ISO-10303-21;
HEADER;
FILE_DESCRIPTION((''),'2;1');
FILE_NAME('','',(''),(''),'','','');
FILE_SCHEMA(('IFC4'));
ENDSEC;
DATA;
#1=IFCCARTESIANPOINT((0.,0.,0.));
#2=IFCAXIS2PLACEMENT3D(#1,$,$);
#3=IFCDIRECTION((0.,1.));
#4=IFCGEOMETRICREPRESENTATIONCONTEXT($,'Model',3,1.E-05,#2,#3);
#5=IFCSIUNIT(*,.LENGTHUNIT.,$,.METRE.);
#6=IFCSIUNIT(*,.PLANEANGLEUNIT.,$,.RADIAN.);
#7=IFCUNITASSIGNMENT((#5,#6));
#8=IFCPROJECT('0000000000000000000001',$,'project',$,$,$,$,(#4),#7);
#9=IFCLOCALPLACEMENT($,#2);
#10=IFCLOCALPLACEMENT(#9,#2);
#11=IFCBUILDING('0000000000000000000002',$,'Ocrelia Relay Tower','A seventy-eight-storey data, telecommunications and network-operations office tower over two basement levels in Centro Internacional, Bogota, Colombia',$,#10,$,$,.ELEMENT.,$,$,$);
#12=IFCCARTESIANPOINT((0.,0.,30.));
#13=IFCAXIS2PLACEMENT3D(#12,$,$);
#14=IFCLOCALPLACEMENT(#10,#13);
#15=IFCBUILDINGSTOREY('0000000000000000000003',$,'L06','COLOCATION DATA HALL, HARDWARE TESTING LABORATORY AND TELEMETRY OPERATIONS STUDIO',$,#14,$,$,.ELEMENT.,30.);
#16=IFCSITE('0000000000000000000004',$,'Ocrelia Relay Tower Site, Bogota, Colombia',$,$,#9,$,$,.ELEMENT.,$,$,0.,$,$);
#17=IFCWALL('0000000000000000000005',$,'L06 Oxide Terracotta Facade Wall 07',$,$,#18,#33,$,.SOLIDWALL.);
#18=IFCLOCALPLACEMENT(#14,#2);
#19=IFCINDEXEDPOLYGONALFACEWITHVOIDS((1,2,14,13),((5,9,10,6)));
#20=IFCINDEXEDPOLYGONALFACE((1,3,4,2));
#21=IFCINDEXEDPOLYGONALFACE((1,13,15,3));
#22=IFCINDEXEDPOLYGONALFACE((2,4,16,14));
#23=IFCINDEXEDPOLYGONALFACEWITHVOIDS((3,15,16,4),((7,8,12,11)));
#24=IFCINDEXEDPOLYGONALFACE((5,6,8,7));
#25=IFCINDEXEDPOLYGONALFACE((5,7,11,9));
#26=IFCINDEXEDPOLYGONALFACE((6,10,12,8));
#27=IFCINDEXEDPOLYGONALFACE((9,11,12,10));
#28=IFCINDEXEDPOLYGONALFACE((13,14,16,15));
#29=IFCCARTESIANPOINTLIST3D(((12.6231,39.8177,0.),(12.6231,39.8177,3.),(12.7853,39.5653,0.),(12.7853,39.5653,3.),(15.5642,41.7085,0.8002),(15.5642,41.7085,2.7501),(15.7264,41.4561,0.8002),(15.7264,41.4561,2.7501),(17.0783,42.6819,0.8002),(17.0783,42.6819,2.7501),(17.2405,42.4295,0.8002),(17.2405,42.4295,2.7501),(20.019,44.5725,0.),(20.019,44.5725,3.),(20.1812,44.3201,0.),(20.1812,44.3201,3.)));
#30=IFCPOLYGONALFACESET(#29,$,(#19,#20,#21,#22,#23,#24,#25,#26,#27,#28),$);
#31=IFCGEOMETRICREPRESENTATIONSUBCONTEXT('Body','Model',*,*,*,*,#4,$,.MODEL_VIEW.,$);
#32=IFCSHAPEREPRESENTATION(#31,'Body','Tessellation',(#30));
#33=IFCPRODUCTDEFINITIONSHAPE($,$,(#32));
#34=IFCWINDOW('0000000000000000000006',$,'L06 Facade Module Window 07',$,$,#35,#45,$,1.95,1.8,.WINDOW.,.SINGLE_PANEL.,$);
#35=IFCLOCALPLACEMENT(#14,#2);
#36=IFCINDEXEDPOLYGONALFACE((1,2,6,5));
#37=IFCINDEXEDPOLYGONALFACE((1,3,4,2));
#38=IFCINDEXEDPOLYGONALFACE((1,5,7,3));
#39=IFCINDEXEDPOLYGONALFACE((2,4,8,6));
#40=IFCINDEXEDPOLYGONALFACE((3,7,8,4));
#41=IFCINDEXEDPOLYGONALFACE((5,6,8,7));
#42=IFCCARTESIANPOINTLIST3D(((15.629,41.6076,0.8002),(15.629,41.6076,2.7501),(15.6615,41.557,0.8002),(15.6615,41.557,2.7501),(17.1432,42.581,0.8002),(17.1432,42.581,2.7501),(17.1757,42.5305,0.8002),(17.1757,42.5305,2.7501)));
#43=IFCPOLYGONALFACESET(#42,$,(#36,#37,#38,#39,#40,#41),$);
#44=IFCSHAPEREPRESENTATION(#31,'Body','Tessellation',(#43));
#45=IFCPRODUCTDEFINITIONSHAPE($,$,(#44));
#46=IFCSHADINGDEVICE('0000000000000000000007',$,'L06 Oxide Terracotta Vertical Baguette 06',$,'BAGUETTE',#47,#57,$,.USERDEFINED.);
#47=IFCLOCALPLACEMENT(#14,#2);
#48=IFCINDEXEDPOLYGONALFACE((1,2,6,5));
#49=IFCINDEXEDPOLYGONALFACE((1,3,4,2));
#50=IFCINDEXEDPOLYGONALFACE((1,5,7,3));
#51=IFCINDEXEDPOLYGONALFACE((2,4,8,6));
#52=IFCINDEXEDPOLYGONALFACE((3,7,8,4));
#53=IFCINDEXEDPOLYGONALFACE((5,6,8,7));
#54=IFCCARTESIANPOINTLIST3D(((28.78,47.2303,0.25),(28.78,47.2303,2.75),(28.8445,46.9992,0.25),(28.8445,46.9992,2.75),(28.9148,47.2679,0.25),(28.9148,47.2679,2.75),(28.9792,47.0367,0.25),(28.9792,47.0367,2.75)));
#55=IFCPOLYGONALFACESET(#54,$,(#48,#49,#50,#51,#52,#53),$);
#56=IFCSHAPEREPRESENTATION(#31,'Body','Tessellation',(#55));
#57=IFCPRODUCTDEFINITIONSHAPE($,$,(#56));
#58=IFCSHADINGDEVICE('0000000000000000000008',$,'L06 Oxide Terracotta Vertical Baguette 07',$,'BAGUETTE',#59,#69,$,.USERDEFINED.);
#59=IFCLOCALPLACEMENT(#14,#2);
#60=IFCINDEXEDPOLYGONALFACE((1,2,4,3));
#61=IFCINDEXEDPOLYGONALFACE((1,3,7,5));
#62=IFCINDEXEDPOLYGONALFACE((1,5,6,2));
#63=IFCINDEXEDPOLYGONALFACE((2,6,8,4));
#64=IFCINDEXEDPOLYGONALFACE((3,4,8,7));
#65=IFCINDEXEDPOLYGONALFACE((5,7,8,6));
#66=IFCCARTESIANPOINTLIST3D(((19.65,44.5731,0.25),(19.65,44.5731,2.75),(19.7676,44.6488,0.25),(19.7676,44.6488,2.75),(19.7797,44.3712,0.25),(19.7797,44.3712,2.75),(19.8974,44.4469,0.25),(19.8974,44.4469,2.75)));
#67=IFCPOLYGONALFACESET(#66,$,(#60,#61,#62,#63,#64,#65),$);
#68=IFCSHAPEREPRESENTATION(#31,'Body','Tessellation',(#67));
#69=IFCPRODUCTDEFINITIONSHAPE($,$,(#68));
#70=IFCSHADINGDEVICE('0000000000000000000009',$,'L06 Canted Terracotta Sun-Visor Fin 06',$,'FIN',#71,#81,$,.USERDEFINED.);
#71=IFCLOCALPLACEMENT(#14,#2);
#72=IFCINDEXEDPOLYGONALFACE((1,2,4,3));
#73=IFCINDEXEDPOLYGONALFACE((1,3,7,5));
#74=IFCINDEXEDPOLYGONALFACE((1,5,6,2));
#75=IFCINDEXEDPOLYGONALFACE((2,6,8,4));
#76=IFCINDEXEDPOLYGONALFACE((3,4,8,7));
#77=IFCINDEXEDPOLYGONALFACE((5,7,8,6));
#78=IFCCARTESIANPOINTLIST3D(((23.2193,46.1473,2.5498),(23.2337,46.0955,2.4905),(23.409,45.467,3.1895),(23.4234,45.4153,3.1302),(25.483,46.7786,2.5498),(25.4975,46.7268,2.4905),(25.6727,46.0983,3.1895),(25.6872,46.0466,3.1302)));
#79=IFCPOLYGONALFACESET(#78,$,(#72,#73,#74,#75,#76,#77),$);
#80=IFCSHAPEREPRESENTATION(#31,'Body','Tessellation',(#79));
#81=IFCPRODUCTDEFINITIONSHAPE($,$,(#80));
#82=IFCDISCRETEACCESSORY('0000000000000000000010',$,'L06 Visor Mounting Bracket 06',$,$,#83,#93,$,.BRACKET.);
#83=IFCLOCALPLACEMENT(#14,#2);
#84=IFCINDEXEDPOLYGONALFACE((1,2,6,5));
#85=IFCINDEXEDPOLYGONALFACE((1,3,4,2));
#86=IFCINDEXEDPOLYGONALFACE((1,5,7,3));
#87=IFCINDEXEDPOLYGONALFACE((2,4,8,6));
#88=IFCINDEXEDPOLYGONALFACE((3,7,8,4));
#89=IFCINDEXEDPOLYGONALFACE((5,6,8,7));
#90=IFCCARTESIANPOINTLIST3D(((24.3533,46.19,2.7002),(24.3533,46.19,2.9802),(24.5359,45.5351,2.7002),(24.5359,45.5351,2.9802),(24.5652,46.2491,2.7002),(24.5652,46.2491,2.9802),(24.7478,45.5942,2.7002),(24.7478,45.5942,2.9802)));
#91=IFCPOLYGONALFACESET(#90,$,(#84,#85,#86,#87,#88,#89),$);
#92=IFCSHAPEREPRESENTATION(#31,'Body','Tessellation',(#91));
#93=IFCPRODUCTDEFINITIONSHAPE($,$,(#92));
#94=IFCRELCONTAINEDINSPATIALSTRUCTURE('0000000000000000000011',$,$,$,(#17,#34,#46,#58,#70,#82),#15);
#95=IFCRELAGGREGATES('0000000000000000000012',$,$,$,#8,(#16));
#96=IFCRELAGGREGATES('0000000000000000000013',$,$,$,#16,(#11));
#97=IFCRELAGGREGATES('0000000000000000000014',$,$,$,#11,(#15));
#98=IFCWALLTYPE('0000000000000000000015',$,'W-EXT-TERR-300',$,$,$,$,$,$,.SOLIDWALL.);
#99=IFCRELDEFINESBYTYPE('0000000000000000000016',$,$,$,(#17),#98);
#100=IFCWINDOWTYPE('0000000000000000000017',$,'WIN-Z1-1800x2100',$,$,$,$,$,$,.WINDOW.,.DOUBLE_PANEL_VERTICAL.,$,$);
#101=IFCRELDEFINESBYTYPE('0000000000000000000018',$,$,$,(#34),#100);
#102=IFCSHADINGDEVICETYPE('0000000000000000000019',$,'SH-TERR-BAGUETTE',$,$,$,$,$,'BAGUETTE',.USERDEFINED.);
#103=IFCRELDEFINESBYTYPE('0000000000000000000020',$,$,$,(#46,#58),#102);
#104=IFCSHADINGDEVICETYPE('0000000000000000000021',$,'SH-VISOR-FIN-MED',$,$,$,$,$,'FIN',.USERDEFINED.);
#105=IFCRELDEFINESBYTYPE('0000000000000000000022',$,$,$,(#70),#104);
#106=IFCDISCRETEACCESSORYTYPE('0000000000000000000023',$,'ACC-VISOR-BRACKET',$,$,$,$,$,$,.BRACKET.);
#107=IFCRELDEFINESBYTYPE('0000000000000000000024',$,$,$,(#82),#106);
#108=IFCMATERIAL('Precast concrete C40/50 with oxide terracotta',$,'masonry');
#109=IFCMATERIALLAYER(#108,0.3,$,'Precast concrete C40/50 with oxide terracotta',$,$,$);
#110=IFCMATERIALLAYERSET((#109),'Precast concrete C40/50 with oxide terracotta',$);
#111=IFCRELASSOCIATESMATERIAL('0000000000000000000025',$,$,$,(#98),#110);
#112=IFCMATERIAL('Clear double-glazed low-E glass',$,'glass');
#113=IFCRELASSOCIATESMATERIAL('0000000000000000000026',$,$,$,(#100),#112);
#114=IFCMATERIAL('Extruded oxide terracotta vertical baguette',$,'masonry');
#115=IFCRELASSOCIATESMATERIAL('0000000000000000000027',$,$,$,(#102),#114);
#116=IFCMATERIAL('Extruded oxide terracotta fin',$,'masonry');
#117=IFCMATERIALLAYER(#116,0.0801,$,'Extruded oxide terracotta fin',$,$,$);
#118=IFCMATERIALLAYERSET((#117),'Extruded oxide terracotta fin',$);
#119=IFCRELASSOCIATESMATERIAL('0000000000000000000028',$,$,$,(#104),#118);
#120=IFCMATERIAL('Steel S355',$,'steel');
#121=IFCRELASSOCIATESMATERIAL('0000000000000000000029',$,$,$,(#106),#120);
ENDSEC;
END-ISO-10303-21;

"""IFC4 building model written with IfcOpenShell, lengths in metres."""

from ifc_helpers import new_model, si_unit, direction, frame, frame_2d, origin, origin_2d, place, context, subcontext, project, spatial, rectangle, extrude, material, layer, layer_set, type_object, element, fill, save


model = new_model("IFC4")

# Units and contexts
model_context = context("Model", 3, precision=1e-05, world=origin(), true_north=direction((0.0, 1.0)))
body_context = subcontext(model_context, "Body", "Model", "MODEL_VIEW")
ifc_project = project(units=[si_unit("LENGTHUNIT", "METRE"), si_unit("PLANEANGLEUNIT", "RADIAN")], contexts=[model_context])

# Site, building, storey
site_placement = place(None, origin())
site = spatial("IfcSite", under=ifc_project, at=site_placement, Name="Ocrelia Relay Tower Site, Bogota, Colombia", CompositionType="ELEMENT", RefElevation=0.0)
building_placement = place(site_placement, origin())
building = spatial("IfcBuilding", under=site, at=building_placement, Name="Ocrelia Relay Tower", Description="A seventy-eight-storey data, telecommunications and network-operations office tower over two basement levels in Centro Internacional, Bogota, Colombia", CompositionType="ELEMENT")
storey_placement = place(building_placement, frame((0.0, 0.0, 30.0)))
storey = spatial("IfcBuildingStorey", under=building, at=storey_placement, Name="L06", Description="COLOCATION DATA HALL, HARDWARE TESTING LABORATORY AND TELEMETRY OPERATIONS STUDIO", CompositionType="ELEMENT", Elevation=30.0)

# Shared definitions
ifc_material_1 = material(Name="Steel S355", Category="steel")

# Wall, opening, window
ifc_material_2 = material(Name="Precast concrete C40/50 with oxide terracotta", Category="masonry")
ifc_layer_1 = layer(ifc_material_2, 0.3, Name="Precast concrete C40/50 with oxide terracotta")
ifc_layer_set_1 = layer_set([ifc_layer_1], Name="Precast concrete C40/50 with oxide terracotta")
wall_type_1 = type_object("IfcWallType", Name="W-EXT-TERR-300", PredefinedType="SOLIDWALL", material=ifc_layer_set_1)
ifc_material_3 = material(Name="Clear double-glazed low-E glass", Category="glass")
window_type = type_object("IfcWindowType", Name="WIN-Z1-1800x2100", PartitioningType="DOUBLE_PANEL_VERTICAL", PredefinedType="WINDOW", material=ifc_material_3)
wall_1_placement = place(storey_placement, frame((20.1001, 44.4463, 0.0), z_axis=(0.0, 0.0, 1.0), x_axis=(-0.841162, -0.540783, 0.0)))
wall_1 = element("IfcWall", 1, at=wall_1_placement, inside=storey, type_object=wall_type_1, Name="L06 Oxide Terracotta Facade Wall 07", PredefinedType="SOLIDWALL", context=body_context, shape_type="SweptSolid", body=[
    extrude(rectangle(XDim=8.7925, YDim=0.3, at=frame_2d((4.3962, 0.0))), origin(), (0.0, 0.0, 1.0), 3.0),
])
opening_1_placement = place(wall_1_placement, frame((3.4961, 0.0, 0.8)))
opening_1 = element("IfcOpeningElement", 2, at=opening_1_placement, cuts=wall_1, PredefinedType="OPENING", context=body_context, shape_type="SweptSolid", body=[
    extrude(rectangle(XDim=1.8, YDim=1.95, at=frame_2d((0.8999, 0.9751))), frame((0.0, 0.1602, 0.0), z_axis=(0.0, -1.0, 0.0), x_axis=(1.0, 0.0, 0.0)), (0.0, 0.0, 1.0), 0.3201),
])
window_1_placement = place(opening_1_placement, origin())
window_1 = element("IfcWindow", 3, at=window_1_placement, inside=storey, type_object=window_type, Name="L06 Facade Module Window 07", OverallHeight=1.95, OverallWidth=1.8, PartitioningType="SINGLE_PANEL", PredefinedType="WINDOW", context=body_context, shape_type="SweptSolid", body=[
    extrude(rectangle(XDim=1.8, YDim=1.95, at=frame_2d((0.8999, 0.9751))), frame((0.0, 0.03, 0.0), z_axis=(0.0, -1.0, 0.0), x_axis=(1.0, 0.0, 0.0)), (0.0, 0.0, 1.0), 0.0601),
])
fill(opening_1, window_1)

# Shading devices
ifc_material_4 = material(Name="Extruded oxide terracotta vertical baguette", Category="masonry")
shading_device_type_1 = type_object("IfcShadingDeviceType", Name="SH-TERR-BAGUETTE", ElementType="BAGUETTE", PredefinedType="USERDEFINED", material=ifc_material_4)
for number, where, z_axis, x_axis, name in (
    (4, (28.8796, 47.1335, 0.25), (0.0, 0.0, 1.0), (-0.963245, -0.268623, 0.0), "L06 Oxide Terracotta Vertical Baguette 06"),
    (5, (19.7737, 44.51, 0.25), (0.0, 0.0, 1.0), (-0.841161, -0.540784, 0.0), "L06 Oxide Terracotta Vertical Baguette 07"),
):
    element("IfcShadingDevice", number, at=place(storey_placement, frame(where, z_axis=z_axis, x_axis=x_axis)), inside=storey, type_object=shading_device_type_1, Name=name, ObjectType="BAGUETTE", PredefinedType="USERDEFINED", context=body_context, shape_type="SweptSolid", body=[
        extrude(rectangle(XDim=0.1399, YDim=0.24, at=origin_2d()), origin(), (0.0, 0.0, 1.0), 2.5),
    ])
ifc_material_5 = material(Name="Extruded oxide terracotta fin", Category="masonry")
ifc_layer_2 = layer(ifc_material_5, 0.0801, Name="Extruded oxide terracotta fin")
ifc_layer_set_2 = layer_set([ifc_layer_2], Name="Extruded oxide terracotta fin")
shading_device_type_2 = type_object("IfcShadingDeviceType", Name="SH-VISOR-FIN-MED", ElementType="FIN", PredefinedType="USERDEFINED", material=ifc_layer_set_2)
shading_device_placement = place(storey_placement, frame((24.4604, 46.071, 2.8103), z_axis=(-0.180335, 0.646658, 0.741156), x_axis=(-0.963245, -0.268623, 0.0)))
element("IfcShadingDevice", 6, at=shading_device_placement, inside=storey, type_object=shading_device_type_2, Name="L06 Canted Terracotta Sun-Visor Fin 06", ObjectType="FIN", PredefinedType="USERDEFINED", context=body_context, shape_type="SweptSolid", body=[
    extrude(rectangle(XDim=2.3501, YDim=0.9529, at=origin_2d()), origin(), (0.0, 0.0, 1.0), 0.0801),
])

# Discrete accessory
discrete_accessory_type = type_object("IfcDiscreteAccessoryType", Name="ACC-VISOR-BRACKET", PredefinedType="BRACKET", material=ifc_material_1)
discrete_accessory_placement = place(storey_placement, frame((24.5505, 45.8921, 2.7002), z_axis=(0.0, 0.0, 1.0), x_axis=(-0.963245, -0.268623, 0.0)))
element("IfcDiscreteAccessory", 7, at=discrete_accessory_placement, inside=storey, type_object=discrete_accessory_type, Name="L06 Visor Mounting Bracket 06", PredefinedType="BRACKET", context=body_context, shape_type="SweptSolid", body=[
    extrude(rectangle(XDim=0.22, YDim=0.6799, at=origin_2d()), origin(), (0.0, 0.0, 1.0), 0.28),
])

save(model, "model.ifc")
